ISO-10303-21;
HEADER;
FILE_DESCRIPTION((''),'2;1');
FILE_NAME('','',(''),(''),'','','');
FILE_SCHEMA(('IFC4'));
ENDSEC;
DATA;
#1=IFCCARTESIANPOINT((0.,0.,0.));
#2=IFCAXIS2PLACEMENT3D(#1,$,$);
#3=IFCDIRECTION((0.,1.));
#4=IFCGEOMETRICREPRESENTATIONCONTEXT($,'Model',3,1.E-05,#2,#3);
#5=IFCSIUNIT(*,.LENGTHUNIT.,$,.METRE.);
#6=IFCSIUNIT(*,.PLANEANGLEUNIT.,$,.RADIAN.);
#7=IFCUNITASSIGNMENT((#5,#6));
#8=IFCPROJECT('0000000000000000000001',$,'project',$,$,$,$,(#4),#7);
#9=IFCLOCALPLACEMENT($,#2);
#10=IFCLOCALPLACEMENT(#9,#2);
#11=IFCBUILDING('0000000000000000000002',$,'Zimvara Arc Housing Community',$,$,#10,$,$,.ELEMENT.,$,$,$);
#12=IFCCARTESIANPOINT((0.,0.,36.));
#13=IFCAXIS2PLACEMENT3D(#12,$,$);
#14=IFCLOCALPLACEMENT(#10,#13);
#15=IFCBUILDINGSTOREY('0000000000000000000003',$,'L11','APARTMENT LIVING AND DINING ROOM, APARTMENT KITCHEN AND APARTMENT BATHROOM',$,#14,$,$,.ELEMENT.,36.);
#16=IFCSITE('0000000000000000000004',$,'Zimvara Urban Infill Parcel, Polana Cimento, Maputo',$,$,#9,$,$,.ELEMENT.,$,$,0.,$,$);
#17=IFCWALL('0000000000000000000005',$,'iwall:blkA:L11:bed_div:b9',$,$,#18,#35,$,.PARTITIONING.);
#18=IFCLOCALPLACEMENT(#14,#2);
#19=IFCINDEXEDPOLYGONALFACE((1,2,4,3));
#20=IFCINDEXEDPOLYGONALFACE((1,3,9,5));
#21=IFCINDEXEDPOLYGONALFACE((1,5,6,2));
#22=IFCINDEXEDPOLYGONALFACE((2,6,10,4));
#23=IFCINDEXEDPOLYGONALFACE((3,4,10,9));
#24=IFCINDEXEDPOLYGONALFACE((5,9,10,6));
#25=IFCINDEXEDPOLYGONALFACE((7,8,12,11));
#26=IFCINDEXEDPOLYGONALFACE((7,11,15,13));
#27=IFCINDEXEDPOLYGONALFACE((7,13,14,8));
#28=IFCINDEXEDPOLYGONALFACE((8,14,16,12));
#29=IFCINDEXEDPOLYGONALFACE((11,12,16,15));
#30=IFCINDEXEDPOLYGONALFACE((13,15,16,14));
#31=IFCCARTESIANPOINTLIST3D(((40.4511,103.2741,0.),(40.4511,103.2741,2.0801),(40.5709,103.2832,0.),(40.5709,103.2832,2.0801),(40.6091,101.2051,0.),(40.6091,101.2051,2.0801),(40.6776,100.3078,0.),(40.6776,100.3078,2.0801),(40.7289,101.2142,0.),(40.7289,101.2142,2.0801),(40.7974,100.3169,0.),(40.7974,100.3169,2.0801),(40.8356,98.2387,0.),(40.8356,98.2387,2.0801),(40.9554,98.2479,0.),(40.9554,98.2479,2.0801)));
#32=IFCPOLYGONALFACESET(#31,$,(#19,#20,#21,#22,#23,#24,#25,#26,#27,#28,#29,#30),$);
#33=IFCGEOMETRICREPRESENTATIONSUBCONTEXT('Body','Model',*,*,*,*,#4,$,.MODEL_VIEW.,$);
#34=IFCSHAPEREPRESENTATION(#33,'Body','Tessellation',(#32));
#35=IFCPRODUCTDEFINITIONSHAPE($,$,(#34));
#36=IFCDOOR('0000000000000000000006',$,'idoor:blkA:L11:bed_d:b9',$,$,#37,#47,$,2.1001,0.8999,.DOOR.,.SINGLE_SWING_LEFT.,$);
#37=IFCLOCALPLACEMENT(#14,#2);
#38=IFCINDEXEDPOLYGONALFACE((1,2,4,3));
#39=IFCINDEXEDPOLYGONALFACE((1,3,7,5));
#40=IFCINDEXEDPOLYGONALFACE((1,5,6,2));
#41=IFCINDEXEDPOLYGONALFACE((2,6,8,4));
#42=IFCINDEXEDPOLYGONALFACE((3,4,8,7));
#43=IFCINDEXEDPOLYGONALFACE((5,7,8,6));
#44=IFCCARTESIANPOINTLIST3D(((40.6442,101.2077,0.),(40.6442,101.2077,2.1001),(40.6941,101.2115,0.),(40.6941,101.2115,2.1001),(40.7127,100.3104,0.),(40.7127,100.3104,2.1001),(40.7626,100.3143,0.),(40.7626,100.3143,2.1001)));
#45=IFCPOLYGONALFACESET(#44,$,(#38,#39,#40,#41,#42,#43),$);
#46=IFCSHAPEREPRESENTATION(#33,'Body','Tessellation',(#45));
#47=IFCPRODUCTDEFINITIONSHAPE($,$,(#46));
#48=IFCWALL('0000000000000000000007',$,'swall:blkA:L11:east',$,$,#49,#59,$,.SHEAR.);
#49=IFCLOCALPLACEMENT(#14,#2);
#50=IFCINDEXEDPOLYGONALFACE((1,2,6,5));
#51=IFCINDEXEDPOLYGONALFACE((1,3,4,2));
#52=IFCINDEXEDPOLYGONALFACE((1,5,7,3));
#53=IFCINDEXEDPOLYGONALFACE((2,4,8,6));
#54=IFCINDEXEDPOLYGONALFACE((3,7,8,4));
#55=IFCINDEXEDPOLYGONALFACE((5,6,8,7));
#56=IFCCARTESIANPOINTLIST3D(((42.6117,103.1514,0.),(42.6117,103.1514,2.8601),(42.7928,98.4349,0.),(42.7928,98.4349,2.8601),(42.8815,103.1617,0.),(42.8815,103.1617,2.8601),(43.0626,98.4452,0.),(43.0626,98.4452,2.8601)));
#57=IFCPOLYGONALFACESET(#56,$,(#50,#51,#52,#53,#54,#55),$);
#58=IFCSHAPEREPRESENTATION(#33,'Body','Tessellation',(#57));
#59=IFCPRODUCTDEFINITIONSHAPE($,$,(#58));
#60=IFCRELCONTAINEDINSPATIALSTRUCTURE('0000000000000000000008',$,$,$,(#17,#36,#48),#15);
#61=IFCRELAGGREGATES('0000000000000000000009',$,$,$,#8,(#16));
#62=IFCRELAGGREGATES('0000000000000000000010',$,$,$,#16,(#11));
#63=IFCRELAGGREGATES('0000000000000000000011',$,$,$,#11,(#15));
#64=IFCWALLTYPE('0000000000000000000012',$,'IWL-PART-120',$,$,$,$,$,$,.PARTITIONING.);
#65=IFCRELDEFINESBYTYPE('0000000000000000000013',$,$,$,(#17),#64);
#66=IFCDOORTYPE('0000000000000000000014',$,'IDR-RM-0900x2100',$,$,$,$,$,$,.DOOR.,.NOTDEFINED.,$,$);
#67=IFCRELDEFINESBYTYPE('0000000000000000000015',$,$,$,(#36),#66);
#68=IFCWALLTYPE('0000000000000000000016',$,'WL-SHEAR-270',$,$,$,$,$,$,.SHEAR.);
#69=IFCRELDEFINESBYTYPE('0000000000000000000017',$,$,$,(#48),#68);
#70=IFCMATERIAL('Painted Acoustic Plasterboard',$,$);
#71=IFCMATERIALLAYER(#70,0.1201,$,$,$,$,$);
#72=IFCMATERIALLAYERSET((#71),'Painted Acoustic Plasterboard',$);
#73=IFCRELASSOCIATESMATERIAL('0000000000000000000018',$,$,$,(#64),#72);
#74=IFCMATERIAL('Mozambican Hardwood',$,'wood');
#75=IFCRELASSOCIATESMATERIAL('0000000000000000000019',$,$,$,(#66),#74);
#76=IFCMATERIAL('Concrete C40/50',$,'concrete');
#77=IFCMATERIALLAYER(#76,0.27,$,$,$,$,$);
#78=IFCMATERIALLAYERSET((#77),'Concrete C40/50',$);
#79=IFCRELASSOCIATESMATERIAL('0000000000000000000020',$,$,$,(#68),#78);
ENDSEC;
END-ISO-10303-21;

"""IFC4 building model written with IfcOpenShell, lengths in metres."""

from ifc_helpers import new_model, si_unit, direction, frame, frame_2d, origin, place, context, subcontext, project, spatial, rectangle, extrude, material, layer, layer_set, type_object, element, fill, save


model = new_model("IFC4")

# Units and contexts
model_context = context("Model", 3, precision=1e-05, world=origin(), true_north=direction((0.0, 1.0)))
body_context = subcontext(model_context, "Body", "Model", "MODEL_VIEW")
ifc_project = project(units=[si_unit("LENGTHUNIT", "METRE"), si_unit("PLANEANGLEUNIT", "RADIAN")], contexts=[model_context])

# Site, building, storey
site_placement = place(None, origin())
site = spatial("IfcSite", under=ifc_project, at=site_placement, Name="Zimvara Urban Infill Parcel, Polana Cimento, Maputo", CompositionType="ELEMENT", RefElevation=0.0)
building_placement = place(site_placement, origin())
building = spatial("IfcBuilding", under=site, at=building_placement, Name="Zimvara Arc Housing Community", CompositionType="ELEMENT")
storey_placement = place(building_placement, frame((0.0, 0.0, 36.0)))
storey = spatial("IfcBuildingStorey", under=building, at=storey_placement, Name="L11", Description="APARTMENT LIVING AND DINING ROOM, APARTMENT KITCHEN AND APARTMENT BATHROOM", CompositionType="ELEMENT", Elevation=36.0)

# Wall, opening, door
ifc_material_1 = material(Name="Painted Acoustic Plasterboard")
ifc_layer_1 = layer(ifc_material_1, 0.1201)
ifc_layer_set_1 = layer_set([ifc_layer_1], Name="Painted Acoustic Plasterboard")
wall_type_1 = type_object("IfcWallType", Name="IWL-PART-120", PredefinedType="PARTITIONING", material=ifc_layer_set_1)
wall_1_placement = place(storey_placement, frame((40.8955, 98.2434, 0.0), z_axis=(0.0, 0.0, 1.0), x_axis=(-0.076142, 0.997097, 0.0)))
wall_1 = element("IfcWall", 1, at=wall_1_placement, inside=storey, type_object=wall_type_1, Name="iwall:blkA:L11:bed_div:b9", PredefinedType="PARTITIONING", context=body_context, shape_type="SweptSolid", body=[
    extrude(rectangle(XDim=5.05, YDim=0.1201, at=frame_2d((2.5249, 0.0))), origin(), (0.0, 0.0, 1.0), 2.0801),
])
opening_placement = place(wall_1_placement, frame((2.075, 0.0, 0.0)))
opening = element("IfcOpeningElement", 2, at=opening_placement, cuts=wall_1, PredefinedType="OPENING", context=body_context, shape_type="SweptSolid", body=[
    extrude(rectangle(XDim=0.8999, YDim=2.1001, at=frame_2d((0.45, 1.05))), frame((0.0, 0.0701, 0.0), z_axis=(0.0, -1.0, 0.0), x_axis=(1.0, 0.0, 0.0)), (0.0, 0.0, 1.0), 0.1401),
])
ifc_material_2 = material(Name="Mozambican Hardwood", Category="wood")
door_type = type_object("IfcDoorType", Name="IDR-RM-0900x2100", OperationType="NOTDEFINED", PredefinedType="DOOR", material=ifc_material_2)
door_placement = place(opening_placement, origin())
door = element("IfcDoor", 3, at=door_placement, inside=storey, type_object=door_type, Name="idoor:blkA:L11:bed_d:b9", OperationType="SINGLE_SWING_LEFT", OverallHeight=2.1001, OverallWidth=0.8999, PredefinedType="DOOR", context=body_context, shape_type="SweptSolid", body=[
    extrude(rectangle(XDim=0.8999, YDim=2.1001, at=frame_2d((0.45, 1.05))), frame((0.0, 0.0249, 0.0), z_axis=(0.0, -1.0, 0.0), x_axis=(1.0, 0.0, 0.0)), (0.0, 0.0, 1.0), 0.05),
])
fill(opening, door)

# Wall
ifc_material_3 = material(Name="Concrete C40/50", Category="concrete")
ifc_layer_2 = layer(ifc_material_3, 0.27)
ifc_layer_set_2 = layer_set([ifc_layer_2], Name="Concrete C40/50")
wall_type_2 = type_object("IfcWallType", Name="WL-SHEAR-270", PredefinedType="SHEAR", material=ifc_layer_set_2)
wall_2_placement = place(storey_placement, frame((42.9277, 98.4402, 0.0), z_axis=(0.0, 0.0, 1.0), x_axis=(-0.038379, 0.999263, 0.0)))
element("IfcWall", 4, at=wall_2_placement, inside=storey, type_object=wall_type_2, Name="swall:blkA:L11:east", PredefinedType="SHEAR", context=body_context, shape_type="SweptSolid", body=[
    extrude(rectangle(XDim=4.72, YDim=0.27, at=frame_2d((2.3599, 0.0))), origin(), (0.0, 0.0, 1.0), 2.8601),
])

save(model, "model.ifc")
